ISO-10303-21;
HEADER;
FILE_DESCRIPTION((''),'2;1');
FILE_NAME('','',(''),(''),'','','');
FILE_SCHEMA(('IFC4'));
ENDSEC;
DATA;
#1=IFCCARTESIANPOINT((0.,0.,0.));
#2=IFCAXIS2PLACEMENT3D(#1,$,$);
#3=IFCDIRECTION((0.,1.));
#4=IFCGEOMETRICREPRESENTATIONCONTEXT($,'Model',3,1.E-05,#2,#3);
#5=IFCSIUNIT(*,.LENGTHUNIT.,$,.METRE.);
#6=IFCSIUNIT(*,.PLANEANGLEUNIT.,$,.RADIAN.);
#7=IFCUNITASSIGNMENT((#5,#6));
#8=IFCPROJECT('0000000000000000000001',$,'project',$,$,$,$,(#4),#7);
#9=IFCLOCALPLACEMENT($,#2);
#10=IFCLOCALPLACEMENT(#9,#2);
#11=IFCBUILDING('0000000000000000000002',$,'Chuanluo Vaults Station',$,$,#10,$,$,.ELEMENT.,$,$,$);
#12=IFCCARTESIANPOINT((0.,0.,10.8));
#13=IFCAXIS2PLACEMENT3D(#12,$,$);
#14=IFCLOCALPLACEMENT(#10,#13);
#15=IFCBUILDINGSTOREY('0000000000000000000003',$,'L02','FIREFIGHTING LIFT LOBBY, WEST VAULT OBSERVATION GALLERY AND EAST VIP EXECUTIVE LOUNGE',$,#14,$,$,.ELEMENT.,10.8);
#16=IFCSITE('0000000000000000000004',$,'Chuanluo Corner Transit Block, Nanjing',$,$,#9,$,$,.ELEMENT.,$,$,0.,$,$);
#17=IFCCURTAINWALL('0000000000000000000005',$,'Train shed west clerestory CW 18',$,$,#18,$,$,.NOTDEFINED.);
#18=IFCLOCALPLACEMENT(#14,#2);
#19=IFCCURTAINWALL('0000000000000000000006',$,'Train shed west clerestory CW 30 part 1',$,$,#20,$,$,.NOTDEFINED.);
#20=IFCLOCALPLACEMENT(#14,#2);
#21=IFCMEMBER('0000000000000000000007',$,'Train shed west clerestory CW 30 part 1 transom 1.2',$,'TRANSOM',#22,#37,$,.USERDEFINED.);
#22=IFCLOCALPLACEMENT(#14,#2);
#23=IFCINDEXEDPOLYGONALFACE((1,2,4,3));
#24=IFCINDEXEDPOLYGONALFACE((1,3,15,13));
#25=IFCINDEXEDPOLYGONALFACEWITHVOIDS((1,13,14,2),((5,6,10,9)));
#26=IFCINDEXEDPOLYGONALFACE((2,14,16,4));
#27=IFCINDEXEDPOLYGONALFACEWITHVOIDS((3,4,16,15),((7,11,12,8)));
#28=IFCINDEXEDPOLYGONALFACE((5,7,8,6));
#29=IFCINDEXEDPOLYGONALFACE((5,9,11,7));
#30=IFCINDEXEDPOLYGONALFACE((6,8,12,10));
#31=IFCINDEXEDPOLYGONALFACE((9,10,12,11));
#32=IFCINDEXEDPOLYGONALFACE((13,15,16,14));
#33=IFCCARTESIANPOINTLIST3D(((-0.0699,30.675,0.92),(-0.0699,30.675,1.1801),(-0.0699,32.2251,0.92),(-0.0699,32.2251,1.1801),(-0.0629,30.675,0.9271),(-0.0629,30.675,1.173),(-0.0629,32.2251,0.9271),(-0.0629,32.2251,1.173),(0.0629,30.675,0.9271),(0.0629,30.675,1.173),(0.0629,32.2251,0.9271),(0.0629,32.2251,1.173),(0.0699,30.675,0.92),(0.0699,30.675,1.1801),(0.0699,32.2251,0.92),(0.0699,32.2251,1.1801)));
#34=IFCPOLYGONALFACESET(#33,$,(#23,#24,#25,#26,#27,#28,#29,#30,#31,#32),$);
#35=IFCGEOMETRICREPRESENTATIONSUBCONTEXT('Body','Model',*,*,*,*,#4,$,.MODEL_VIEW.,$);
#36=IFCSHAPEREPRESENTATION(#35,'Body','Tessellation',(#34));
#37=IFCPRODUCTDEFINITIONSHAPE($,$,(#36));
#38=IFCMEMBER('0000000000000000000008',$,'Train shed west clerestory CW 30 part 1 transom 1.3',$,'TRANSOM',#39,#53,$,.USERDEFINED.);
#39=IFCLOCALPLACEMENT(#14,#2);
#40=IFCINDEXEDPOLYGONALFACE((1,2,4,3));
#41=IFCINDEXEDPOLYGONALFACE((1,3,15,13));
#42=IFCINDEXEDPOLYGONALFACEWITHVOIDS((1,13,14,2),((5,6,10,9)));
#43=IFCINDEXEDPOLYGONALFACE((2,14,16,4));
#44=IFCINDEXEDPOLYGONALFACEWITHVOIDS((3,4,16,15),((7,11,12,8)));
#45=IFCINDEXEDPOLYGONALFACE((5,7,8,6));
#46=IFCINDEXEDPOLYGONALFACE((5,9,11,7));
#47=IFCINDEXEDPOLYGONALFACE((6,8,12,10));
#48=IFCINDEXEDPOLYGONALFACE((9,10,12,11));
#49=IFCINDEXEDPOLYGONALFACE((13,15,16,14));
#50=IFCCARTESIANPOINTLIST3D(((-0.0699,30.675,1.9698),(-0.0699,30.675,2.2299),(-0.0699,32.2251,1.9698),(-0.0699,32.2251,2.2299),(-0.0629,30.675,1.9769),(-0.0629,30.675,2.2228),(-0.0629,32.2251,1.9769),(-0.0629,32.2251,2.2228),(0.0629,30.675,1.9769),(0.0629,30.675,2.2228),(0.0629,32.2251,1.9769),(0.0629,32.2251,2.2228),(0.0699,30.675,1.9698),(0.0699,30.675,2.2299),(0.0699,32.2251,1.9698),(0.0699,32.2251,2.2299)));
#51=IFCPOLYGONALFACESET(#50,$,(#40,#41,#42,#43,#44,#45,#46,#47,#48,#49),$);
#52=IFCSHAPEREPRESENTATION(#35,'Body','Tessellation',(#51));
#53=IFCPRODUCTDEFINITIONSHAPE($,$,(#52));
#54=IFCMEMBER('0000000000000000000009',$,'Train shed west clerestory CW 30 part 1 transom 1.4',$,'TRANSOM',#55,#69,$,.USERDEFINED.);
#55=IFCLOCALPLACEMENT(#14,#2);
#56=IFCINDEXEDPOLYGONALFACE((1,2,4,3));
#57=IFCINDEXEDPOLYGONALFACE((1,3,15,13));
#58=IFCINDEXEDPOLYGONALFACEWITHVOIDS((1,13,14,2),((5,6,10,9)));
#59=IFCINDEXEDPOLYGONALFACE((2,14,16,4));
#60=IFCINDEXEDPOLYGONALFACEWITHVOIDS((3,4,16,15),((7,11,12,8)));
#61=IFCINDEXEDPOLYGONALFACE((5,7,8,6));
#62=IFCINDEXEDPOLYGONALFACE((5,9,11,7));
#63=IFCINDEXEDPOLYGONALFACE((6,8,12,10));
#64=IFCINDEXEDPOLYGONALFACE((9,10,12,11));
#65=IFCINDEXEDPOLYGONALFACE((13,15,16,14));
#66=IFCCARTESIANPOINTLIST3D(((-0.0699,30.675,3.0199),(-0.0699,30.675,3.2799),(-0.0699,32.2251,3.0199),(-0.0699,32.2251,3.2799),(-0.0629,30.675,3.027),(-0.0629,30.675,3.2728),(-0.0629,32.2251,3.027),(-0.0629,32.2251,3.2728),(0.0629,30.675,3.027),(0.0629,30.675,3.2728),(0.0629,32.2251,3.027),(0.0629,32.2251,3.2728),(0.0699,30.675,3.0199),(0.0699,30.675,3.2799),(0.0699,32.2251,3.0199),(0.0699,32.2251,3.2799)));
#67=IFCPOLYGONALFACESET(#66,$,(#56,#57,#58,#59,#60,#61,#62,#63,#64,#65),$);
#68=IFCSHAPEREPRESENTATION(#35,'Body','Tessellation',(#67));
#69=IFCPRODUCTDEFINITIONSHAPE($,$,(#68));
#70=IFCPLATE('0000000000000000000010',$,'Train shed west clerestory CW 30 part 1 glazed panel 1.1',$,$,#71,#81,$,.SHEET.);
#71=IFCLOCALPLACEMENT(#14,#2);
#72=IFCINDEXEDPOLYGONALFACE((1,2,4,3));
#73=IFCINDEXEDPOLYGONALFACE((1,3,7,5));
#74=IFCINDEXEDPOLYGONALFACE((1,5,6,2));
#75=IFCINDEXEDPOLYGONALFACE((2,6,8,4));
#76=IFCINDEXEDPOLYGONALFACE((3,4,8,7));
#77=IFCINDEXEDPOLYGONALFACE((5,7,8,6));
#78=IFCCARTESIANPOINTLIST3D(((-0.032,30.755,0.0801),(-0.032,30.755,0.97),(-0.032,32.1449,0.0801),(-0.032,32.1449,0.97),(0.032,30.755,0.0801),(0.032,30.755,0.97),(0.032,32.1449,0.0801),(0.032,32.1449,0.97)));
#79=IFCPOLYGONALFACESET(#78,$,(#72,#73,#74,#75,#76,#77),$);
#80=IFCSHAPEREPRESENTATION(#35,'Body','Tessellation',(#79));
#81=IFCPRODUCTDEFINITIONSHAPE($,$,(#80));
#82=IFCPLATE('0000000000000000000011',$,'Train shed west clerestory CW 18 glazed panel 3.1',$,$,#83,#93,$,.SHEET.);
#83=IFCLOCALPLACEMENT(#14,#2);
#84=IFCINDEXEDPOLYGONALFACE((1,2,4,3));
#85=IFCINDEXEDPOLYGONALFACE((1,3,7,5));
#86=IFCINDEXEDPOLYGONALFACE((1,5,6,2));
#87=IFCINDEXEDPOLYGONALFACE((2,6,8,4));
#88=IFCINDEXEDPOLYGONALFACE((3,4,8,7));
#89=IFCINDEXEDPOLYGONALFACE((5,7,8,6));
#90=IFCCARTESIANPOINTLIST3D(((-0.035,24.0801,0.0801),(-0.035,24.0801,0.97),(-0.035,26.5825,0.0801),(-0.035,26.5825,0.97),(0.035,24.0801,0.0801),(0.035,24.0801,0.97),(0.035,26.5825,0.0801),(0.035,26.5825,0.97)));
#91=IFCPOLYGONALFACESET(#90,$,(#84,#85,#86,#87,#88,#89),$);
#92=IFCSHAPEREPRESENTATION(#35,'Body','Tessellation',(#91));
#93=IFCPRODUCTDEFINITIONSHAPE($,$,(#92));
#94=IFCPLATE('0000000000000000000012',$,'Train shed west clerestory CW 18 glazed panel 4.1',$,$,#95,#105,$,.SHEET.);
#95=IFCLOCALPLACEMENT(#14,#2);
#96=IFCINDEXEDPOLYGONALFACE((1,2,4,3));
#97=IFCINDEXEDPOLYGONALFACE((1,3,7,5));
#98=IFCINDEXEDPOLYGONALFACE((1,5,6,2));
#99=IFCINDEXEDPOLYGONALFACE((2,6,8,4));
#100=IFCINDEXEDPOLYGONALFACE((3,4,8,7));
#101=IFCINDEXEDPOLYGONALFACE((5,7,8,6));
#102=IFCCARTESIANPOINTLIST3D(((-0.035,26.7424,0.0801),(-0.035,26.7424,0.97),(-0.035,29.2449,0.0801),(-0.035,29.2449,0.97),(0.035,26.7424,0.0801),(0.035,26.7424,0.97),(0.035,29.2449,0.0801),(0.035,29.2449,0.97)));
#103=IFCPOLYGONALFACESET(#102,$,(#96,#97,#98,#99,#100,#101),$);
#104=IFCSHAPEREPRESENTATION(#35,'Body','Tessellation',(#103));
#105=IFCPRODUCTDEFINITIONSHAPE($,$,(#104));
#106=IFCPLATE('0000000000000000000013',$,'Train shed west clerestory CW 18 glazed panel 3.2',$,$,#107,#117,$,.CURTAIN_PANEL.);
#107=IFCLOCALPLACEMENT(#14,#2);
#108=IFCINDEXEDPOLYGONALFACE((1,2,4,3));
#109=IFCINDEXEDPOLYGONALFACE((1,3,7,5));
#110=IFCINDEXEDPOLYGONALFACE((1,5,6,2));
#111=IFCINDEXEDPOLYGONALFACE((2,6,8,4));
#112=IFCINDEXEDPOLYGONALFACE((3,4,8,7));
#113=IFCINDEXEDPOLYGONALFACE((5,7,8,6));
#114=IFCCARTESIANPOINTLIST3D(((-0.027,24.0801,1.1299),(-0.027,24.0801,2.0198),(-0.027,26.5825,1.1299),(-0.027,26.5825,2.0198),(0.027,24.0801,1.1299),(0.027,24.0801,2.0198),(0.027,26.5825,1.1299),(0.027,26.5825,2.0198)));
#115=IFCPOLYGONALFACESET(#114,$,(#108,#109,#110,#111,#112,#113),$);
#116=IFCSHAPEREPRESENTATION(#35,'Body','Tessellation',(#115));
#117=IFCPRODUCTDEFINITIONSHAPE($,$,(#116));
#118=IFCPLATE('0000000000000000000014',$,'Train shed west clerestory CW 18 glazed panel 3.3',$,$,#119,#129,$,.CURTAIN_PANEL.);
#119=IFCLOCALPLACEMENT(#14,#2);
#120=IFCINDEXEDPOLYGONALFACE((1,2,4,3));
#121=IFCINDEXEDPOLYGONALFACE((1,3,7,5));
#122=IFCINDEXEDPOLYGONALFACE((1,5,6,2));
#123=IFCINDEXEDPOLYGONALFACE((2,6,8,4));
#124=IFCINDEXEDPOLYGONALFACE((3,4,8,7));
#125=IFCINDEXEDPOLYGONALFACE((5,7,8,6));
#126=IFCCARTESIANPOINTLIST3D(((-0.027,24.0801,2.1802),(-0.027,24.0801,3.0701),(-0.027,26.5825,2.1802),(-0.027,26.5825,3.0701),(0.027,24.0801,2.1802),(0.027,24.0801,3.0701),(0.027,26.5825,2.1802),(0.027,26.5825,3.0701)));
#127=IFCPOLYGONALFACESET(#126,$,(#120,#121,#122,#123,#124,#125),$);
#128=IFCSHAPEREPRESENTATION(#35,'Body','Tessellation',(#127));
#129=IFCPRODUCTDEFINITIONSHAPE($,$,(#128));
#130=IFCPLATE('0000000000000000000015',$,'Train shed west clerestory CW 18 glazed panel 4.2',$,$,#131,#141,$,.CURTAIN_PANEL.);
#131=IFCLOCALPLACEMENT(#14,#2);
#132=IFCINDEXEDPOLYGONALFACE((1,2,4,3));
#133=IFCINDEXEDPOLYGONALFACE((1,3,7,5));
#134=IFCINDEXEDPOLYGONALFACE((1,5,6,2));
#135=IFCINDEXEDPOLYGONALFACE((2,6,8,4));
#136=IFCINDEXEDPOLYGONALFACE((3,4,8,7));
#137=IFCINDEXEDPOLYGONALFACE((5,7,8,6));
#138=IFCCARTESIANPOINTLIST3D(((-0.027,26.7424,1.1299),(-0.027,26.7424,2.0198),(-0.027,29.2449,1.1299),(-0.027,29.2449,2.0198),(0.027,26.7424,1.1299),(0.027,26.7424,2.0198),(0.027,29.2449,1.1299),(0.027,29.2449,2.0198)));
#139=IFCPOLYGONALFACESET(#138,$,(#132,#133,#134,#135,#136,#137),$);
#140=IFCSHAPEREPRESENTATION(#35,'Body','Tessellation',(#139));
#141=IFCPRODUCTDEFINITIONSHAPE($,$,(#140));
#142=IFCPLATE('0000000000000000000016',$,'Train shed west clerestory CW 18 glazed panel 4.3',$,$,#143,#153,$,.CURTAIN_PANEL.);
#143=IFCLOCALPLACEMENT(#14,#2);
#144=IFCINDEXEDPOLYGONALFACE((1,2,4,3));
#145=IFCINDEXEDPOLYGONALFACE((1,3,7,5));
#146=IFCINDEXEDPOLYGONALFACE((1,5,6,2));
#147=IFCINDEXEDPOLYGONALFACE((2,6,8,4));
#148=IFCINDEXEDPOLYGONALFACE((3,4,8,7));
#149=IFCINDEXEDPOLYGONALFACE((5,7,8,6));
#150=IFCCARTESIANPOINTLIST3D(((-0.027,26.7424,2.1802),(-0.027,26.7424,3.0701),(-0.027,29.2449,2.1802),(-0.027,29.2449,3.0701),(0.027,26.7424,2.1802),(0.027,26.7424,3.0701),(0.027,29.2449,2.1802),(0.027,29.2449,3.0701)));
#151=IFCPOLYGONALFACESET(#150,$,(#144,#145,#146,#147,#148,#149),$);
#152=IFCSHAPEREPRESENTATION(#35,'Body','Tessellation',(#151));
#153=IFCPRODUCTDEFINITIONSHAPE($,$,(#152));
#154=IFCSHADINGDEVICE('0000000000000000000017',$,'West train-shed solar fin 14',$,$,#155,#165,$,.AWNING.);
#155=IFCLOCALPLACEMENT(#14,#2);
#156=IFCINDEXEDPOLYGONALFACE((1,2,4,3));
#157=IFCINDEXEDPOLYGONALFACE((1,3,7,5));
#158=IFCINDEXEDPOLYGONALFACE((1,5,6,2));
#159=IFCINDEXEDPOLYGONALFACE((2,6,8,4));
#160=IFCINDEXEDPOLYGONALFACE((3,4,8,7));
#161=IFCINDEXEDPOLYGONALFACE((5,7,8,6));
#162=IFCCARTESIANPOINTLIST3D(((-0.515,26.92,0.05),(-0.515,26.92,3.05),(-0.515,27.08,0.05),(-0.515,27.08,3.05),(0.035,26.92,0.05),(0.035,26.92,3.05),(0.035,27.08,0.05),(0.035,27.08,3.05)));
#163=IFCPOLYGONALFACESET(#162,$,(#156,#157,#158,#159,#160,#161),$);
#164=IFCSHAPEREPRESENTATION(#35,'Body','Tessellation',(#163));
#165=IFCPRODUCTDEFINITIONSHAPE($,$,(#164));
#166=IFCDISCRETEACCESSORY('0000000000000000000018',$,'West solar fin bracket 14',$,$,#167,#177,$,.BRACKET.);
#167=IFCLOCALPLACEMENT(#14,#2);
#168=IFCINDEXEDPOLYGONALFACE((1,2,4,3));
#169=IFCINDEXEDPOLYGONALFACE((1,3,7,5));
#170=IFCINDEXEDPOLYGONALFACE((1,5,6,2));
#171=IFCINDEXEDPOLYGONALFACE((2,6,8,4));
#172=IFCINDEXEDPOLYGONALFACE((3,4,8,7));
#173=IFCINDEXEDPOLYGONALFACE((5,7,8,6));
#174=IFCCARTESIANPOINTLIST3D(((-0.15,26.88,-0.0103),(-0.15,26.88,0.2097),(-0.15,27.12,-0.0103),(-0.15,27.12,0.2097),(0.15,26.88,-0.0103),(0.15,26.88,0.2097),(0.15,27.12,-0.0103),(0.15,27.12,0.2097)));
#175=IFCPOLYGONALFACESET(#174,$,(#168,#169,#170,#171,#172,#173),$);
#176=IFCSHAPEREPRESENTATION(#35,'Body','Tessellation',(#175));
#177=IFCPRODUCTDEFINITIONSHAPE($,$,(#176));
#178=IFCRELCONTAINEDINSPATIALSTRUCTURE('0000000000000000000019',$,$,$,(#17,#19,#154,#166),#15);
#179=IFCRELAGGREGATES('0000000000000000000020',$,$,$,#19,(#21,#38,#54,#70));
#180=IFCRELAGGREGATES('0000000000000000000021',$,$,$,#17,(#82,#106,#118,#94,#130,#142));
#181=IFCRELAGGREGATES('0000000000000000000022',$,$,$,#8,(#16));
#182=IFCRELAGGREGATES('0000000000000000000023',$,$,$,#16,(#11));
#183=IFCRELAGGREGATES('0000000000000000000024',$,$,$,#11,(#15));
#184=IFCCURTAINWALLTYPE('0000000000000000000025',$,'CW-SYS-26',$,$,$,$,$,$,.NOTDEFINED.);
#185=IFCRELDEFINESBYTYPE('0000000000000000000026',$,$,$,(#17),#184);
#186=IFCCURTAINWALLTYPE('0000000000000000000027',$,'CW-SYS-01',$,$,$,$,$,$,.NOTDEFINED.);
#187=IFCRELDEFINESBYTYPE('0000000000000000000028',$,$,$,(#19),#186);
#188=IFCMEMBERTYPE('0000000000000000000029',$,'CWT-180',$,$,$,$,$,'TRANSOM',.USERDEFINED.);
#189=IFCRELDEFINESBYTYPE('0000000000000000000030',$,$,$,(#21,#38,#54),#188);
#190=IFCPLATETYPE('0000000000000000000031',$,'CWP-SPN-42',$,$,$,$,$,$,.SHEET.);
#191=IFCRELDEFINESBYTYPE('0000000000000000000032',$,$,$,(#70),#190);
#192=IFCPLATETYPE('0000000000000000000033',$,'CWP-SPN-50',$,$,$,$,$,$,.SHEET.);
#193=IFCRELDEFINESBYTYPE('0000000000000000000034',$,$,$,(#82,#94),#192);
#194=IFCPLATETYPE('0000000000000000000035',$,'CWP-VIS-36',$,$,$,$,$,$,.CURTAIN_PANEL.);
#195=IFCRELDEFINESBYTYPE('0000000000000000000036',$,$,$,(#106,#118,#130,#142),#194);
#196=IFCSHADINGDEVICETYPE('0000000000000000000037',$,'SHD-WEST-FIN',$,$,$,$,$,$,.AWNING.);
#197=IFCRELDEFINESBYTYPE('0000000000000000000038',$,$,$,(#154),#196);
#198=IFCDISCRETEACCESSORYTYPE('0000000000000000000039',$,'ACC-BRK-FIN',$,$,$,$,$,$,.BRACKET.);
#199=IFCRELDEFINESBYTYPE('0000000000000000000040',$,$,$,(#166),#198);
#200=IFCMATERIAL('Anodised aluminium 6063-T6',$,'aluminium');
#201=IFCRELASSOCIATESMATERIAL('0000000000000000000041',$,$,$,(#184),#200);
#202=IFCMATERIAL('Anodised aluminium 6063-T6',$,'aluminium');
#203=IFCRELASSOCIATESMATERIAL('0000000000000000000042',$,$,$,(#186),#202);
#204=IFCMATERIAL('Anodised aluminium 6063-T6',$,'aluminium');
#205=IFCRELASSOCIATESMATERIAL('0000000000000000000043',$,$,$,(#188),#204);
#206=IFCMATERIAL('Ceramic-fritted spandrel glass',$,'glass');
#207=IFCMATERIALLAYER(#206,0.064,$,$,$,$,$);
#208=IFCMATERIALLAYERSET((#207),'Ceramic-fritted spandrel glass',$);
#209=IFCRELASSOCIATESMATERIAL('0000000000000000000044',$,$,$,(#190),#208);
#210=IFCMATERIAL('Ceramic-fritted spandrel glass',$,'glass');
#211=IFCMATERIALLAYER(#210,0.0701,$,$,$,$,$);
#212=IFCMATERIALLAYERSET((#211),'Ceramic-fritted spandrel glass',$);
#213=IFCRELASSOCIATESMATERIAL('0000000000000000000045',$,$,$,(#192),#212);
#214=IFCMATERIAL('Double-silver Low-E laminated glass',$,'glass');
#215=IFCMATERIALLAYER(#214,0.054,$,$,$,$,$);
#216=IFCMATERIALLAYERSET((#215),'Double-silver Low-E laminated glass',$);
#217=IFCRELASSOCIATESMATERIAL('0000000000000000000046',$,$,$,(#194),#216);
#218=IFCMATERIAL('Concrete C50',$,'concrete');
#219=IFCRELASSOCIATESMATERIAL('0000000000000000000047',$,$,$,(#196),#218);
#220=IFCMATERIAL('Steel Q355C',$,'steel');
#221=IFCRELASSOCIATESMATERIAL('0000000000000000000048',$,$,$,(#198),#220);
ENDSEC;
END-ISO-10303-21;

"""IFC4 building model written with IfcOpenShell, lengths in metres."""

from ifc_helpers import new_model, si_unit, direction, frame, origin, origin_2d, place, context, subcontext, project, spatial, rectangle, hollow_rectangle, extrude, material, layer, layer_set, material_profile, profile_set, type_object, element, aggregate, save


model = new_model("IFC4")

# Units and contexts
model_context = context("Model", 3, precision=1e-05, world=origin(), true_north=direction((0.0, 1.0)))
body_context = subcontext(model_context, "Body", "Model", "MODEL_VIEW")
ifc_project = project(units=[si_unit("LENGTHUNIT", "METRE"), si_unit("PLANEANGLEUNIT", "RADIAN")], contexts=[model_context])

# Site, building, storey
site_placement = place(None, origin())
site = spatial("IfcSite", under=ifc_project, at=site_placement, Name="Chuanluo Corner Transit Block, Nanjing", CompositionType="ELEMENT", RefElevation=0.0)
building_placement = place(site_placement, origin())
building = spatial("IfcBuilding", under=site, at=building_placement, Name="Chuanluo Vaults Station", CompositionType="ELEMENT")
storey_placement = place(building_placement, frame((0.0, 0.0, 10.8)))
storey = spatial("IfcBuildingStorey", under=building, at=storey_placement, Name="L02", Description="FIREFIGHTING LIFT LOBBY, WEST VAULT OBSERVATION GALLERY AND EAST VIP EXECUTIVE LOUNGE", CompositionType="ELEMENT", Elevation=10.8)

# Curtain wall
ifc_material_1 = material(Name="Anodised aluminium 6063-T6", Category="aluminium")
curtain_wall_type_1 = type_object("IfcCurtainWallType", Name="CW-SYS-26", PredefinedType="NOTDEFINED", material=ifc_material_1)
curtain_wall_1_placement = place(storey_placement, origin())
curtain_wall_1 = element("IfcCurtainWall", 1, at=curtain_wall_1_placement, inside=storey, type_object=curtain_wall_type_1, Name="Train shed west clerestory CW 18", PredefinedType="NOTDEFINED")

# Curtain wall
ifc_material_2 = material(Name="Anodised aluminium 6063-T6", Category="aluminium")
curtain_wall_type_2 = type_object("IfcCurtainWallType", Name="CW-SYS-01", PredefinedType="NOTDEFINED", material=ifc_material_2)
curtain_wall_2_placement = place(storey_placement, origin())
curtain_wall_2 = element("IfcCurtainWall", 2, at=curtain_wall_2_placement, inside=storey, type_object=curtain_wall_type_2, Name="Train shed west clerestory CW 30 part 1", PredefinedType="NOTDEFINED")

# Members
ifc_material_3 = material(Name="Anodised aluminium 6063-T6", Category="aluminium")
ifc_material_profile_1 = material_profile(ifc_material_3, hollow_rectangle(XDim=0.1399, YDim=0.26, WallThickness=0.0071, at=origin_2d()))
ifc_profile_set_1 = profile_set([ifc_material_profile_1], Name="Anodised aluminium 6063-T6")
member_type_1 = type_object("IfcMemberType", Name="CWT-180", ElementType="TRANSOM", PredefinedType="USERDEFINED", material=ifc_profile_set_1)
member_1_placement = place(storey_placement, frame((0.0, 30.675, 1.05), z_axis=(0.0, 1.0, 0.0), x_axis=(-1.0, 0.0, 0.0)))
member_1 = element("IfcMember", 3, at=member_1_placement, type_object=member_type_1, Name="Train shed west clerestory CW 30 part 1 transom 1.2", ObjectType="TRANSOM", PredefinedType="USERDEFINED", context=body_context, shape_type="SweptSolid", body=[
    extrude(hollow_rectangle(XDim=0.1399, YDim=0.26, WallThickness=0.0071, at=origin_2d()), origin(), (0.0, 0.0, 1.0), 1.55),
])
member_2_placement = place(storey_placement, frame((0.0, 30.675, 2.0999), z_axis=(0.0, 1.0, 0.0), x_axis=(-1.0, 0.0, 0.0)))
member_2 = element("IfcMember", 4, at=member_2_placement, type_object=member_type_1, Name="Train shed west clerestory CW 30 part 1 transom 1.3", ObjectType="TRANSOM", PredefinedType="USERDEFINED", context=body_context, shape_type="SweptSolid", body=[
    extrude(hollow_rectangle(XDim=0.1399, YDim=0.26, WallThickness=0.0071, at=origin_2d()), origin(), (0.0, 0.0, 1.0), 1.55),
])
member_3_placement = place(storey_placement, frame((0.0, 30.675, 3.1499), z_axis=(0.0, 1.0, 0.0), x_axis=(-1.0, 0.0, 0.0)))
member_3 = element("IfcMember", 5, at=member_3_placement, type_object=member_type_1, Name="Train shed west clerestory CW 30 part 1 transom 1.4", ObjectType="TRANSOM", PredefinedType="USERDEFINED", context=body_context, shape_type="SweptSolid", body=[
    extrude(hollow_rectangle(XDim=0.1399, YDim=0.26, WallThickness=0.0071, at=origin_2d()), origin(), (0.0, 0.0, 1.0), 1.55),
])

# Plates
ifc_material_4 = material(Name="Ceramic-fritted spandrel glass", Category="glass")
ifc_layer_1 = layer(ifc_material_4, 0.064)
ifc_layer_set_1 = layer_set([ifc_layer_1], Name="Ceramic-fritted spandrel glass")
plate_type_1 = type_object("IfcPlateType", Name="CWP-SPN-42", PredefinedType="SHEET", material=ifc_layer_set_1)
plate_1_placement = place(storey_placement, frame((0.0, 31.45, 0.0801), z_axis=(0.0, 0.0, 1.0), x_axis=(0.0, 1.0, 0.0)))
plate_1 = element("IfcPlate", 6, at=plate_1_placement, type_object=plate_type_1, Name="Train shed west clerestory CW 30 part 1 glazed panel 1.1", PredefinedType="SHEET", context=body_context, shape_type="SweptSolid", body=[
    extrude(rectangle(XDim=1.3899, YDim=0.064, at=origin_2d()), origin(), (0.0, 0.0, 1.0), 0.8899),
])
aggregate(curtain_wall_2, [member_1, member_2, member_3, plate_1])
ifc_material_5 = material(Name="Ceramic-fritted spandrel glass", Category="glass")
ifc_layer_2 = layer(ifc_material_5, 0.0701)
ifc_layer_set_2 = layer_set([ifc_layer_2], Name="Ceramic-fritted spandrel glass")
plate_type_2 = type_object("IfcPlateType", Name="CWP-SPN-50", PredefinedType="SHEET", material=ifc_layer_set_2)
plate_2_placement = place(storey_placement, frame((0.0, 25.3313, 0.0801), z_axis=(0.0, 0.0, 1.0), x_axis=(0.0, 1.0, 0.0)))
plate_2 = element("IfcPlate", 7, at=plate_2_placement, type_object=plate_type_2, Name="Train shed west clerestory CW 18 glazed panel 3.1", PredefinedType="SHEET", context=body_context, shape_type="SweptSolid", body=[
    extrude(rectangle(XDim=2.5024, YDim=0.0701, at=origin_2d()), origin(), (0.0, 0.0, 1.0), 0.8899),
])
plate_3_placement = place(storey_placement, frame((0.0, 27.9937, 0.0801), z_axis=(0.0, 0.0, 1.0), x_axis=(0.0, 1.0, 0.0)))
plate_3 = element("IfcPlate", 8, at=plate_3_placement, type_object=plate_type_2, Name="Train shed west clerestory CW 18 glazed panel 4.1", PredefinedType="SHEET", context=body_context, shape_type="SweptSolid", body=[
    extrude(rectangle(XDim=2.5024, YDim=0.0701, at=origin_2d()), origin(), (0.0, 0.0, 1.0), 0.8899),
])
ifc_material_6 = material(Name="Double-silver Low-E laminated glass", Category="glass")
ifc_layer_3 = layer(ifc_material_6, 0.054)
ifc_layer_set_3 = layer_set([ifc_layer_3], Name="Double-silver Low-E laminated glass")
plate_type_3 = type_object("IfcPlateType", Name="CWP-VIS-36", PredefinedType="CURTAIN_PANEL", material=ifc_layer_set_3)
plate_4_placement = place(storey_placement, frame((0.0, 25.3313, 1.1299), z_axis=(0.0, 0.0, 1.0), x_axis=(0.0, 1.0, 0.0)))
plate_4 = element("IfcPlate", 9, at=plate_4_placement, type_object=plate_type_3, Name="Train shed west clerestory CW 18 glazed panel 3.2", PredefinedType="CURTAIN_PANEL", context=body_context, shape_type="SweptSolid", body=[
    extrude(rectangle(XDim=2.5024, YDim=0.054, at=origin_2d()), origin(), (0.0, 0.0, 1.0), 0.8899),
])
plate_5_placement = place(storey_placement, frame((0.0, 25.3313, 2.1802), z_axis=(0.0, 0.0, 1.0), x_axis=(0.0, 1.0, 0.0)))
plate_5 = element("IfcPlate", 10, at=plate_5_placement, type_object=plate_type_3, Name="Train shed west clerestory CW 18 glazed panel 3.3", PredefinedType="CURTAIN_PANEL", context=body_context, shape_type="SweptSolid", body=[
    extrude(rectangle(XDim=2.5024, YDim=0.054, at=origin_2d()), origin(), (0.0, 0.0, 1.0), 0.8899),
])
plate_6_placement = place(storey_placement, frame((0.0, 27.9937, 1.1299), z_axis=(0.0, 0.0, 1.0), x_axis=(0.0, 1.0, 0.0)))
plate_6 = element("IfcPlate", 11, at=plate_6_placement, type_object=plate_type_3, Name="Train shed west clerestory CW 18 glazed panel 4.2", PredefinedType="CURTAIN_PANEL", context=body_context, shape_type="SweptSolid", body=[
    extrude(rectangle(XDim=2.5024, YDim=0.054, at=origin_2d()), origin(), (0.0, 0.0, 1.0), 0.8899),
])
plate_7_placement = place(storey_placement, frame((0.0, 27.9937, 2.1802), z_axis=(0.0, 0.0, 1.0), x_axis=(0.0, 1.0, 0.0)))
plate_7 = element("IfcPlate", 12, at=plate_7_placement, type_object=plate_type_3, Name="Train shed west clerestory CW 18 glazed panel 4.3", PredefinedType="CURTAIN_PANEL", context=body_context, shape_type="SweptSolid", body=[
    extrude(rectangle(XDim=2.5024, YDim=0.054, at=origin_2d()), origin(), (0.0, 0.0, 1.0), 0.8899),
])
aggregate(curtain_wall_1, [plate_2, plate_4, plate_5, plate_3, plate_6, plate_7])

# Shading device
ifc_material_7 = material(Name="Concrete C50", Category="concrete")
shading_device_type = type_object("IfcShadingDeviceType", Name="SHD-WEST-FIN", PredefinedType="AWNING", material=ifc_material_7)
shading_device_placement = place(storey_placement, frame((-0.24, 27.0, 0.05), z_axis=(0.0, 0.0, 1.0), x_axis=(1.0, 0.0, 0.0)))
element("IfcShadingDevice", 13, at=shading_device_placement, inside=storey, type_object=shading_device_type, Name="West train-shed solar fin 14", PredefinedType="AWNING", context=body_context, shape_type="SweptSolid", body=[
    extrude(rectangle(XDim=0.55, YDim=0.1599, at=origin_2d()), origin(), (0.0, 0.0, 1.0), 3.0),
])

# Discrete accessory
ifc_material_8 = material(Name="Steel Q355C", Category="steel")
discrete_accessory_type = type_object("IfcDiscreteAccessoryType", Name="ACC-BRK-FIN", PredefinedType="BRACKET", material=ifc_material_8)
discrete_accessory_placement = place(storey_placement, frame((0.0, 27.0, -0.0103), z_axis=(0.0, 0.0, 1.0), x_axis=(1.0, 0.0, 0.0)))
element("IfcDiscreteAccessory", 14, at=discrete_accessory_placement, inside=storey, type_object=discrete_accessory_type, Name="West solar fin bracket 14", PredefinedType="BRACKET", context=body_context, shape_type="SweptSolid", body=[
    extrude(rectangle(XDim=0.3, YDim=0.24, at=origin_2d()), origin(), (0.0, 0.0, 1.0), 0.22),
])

save(model, "model.ifc")
